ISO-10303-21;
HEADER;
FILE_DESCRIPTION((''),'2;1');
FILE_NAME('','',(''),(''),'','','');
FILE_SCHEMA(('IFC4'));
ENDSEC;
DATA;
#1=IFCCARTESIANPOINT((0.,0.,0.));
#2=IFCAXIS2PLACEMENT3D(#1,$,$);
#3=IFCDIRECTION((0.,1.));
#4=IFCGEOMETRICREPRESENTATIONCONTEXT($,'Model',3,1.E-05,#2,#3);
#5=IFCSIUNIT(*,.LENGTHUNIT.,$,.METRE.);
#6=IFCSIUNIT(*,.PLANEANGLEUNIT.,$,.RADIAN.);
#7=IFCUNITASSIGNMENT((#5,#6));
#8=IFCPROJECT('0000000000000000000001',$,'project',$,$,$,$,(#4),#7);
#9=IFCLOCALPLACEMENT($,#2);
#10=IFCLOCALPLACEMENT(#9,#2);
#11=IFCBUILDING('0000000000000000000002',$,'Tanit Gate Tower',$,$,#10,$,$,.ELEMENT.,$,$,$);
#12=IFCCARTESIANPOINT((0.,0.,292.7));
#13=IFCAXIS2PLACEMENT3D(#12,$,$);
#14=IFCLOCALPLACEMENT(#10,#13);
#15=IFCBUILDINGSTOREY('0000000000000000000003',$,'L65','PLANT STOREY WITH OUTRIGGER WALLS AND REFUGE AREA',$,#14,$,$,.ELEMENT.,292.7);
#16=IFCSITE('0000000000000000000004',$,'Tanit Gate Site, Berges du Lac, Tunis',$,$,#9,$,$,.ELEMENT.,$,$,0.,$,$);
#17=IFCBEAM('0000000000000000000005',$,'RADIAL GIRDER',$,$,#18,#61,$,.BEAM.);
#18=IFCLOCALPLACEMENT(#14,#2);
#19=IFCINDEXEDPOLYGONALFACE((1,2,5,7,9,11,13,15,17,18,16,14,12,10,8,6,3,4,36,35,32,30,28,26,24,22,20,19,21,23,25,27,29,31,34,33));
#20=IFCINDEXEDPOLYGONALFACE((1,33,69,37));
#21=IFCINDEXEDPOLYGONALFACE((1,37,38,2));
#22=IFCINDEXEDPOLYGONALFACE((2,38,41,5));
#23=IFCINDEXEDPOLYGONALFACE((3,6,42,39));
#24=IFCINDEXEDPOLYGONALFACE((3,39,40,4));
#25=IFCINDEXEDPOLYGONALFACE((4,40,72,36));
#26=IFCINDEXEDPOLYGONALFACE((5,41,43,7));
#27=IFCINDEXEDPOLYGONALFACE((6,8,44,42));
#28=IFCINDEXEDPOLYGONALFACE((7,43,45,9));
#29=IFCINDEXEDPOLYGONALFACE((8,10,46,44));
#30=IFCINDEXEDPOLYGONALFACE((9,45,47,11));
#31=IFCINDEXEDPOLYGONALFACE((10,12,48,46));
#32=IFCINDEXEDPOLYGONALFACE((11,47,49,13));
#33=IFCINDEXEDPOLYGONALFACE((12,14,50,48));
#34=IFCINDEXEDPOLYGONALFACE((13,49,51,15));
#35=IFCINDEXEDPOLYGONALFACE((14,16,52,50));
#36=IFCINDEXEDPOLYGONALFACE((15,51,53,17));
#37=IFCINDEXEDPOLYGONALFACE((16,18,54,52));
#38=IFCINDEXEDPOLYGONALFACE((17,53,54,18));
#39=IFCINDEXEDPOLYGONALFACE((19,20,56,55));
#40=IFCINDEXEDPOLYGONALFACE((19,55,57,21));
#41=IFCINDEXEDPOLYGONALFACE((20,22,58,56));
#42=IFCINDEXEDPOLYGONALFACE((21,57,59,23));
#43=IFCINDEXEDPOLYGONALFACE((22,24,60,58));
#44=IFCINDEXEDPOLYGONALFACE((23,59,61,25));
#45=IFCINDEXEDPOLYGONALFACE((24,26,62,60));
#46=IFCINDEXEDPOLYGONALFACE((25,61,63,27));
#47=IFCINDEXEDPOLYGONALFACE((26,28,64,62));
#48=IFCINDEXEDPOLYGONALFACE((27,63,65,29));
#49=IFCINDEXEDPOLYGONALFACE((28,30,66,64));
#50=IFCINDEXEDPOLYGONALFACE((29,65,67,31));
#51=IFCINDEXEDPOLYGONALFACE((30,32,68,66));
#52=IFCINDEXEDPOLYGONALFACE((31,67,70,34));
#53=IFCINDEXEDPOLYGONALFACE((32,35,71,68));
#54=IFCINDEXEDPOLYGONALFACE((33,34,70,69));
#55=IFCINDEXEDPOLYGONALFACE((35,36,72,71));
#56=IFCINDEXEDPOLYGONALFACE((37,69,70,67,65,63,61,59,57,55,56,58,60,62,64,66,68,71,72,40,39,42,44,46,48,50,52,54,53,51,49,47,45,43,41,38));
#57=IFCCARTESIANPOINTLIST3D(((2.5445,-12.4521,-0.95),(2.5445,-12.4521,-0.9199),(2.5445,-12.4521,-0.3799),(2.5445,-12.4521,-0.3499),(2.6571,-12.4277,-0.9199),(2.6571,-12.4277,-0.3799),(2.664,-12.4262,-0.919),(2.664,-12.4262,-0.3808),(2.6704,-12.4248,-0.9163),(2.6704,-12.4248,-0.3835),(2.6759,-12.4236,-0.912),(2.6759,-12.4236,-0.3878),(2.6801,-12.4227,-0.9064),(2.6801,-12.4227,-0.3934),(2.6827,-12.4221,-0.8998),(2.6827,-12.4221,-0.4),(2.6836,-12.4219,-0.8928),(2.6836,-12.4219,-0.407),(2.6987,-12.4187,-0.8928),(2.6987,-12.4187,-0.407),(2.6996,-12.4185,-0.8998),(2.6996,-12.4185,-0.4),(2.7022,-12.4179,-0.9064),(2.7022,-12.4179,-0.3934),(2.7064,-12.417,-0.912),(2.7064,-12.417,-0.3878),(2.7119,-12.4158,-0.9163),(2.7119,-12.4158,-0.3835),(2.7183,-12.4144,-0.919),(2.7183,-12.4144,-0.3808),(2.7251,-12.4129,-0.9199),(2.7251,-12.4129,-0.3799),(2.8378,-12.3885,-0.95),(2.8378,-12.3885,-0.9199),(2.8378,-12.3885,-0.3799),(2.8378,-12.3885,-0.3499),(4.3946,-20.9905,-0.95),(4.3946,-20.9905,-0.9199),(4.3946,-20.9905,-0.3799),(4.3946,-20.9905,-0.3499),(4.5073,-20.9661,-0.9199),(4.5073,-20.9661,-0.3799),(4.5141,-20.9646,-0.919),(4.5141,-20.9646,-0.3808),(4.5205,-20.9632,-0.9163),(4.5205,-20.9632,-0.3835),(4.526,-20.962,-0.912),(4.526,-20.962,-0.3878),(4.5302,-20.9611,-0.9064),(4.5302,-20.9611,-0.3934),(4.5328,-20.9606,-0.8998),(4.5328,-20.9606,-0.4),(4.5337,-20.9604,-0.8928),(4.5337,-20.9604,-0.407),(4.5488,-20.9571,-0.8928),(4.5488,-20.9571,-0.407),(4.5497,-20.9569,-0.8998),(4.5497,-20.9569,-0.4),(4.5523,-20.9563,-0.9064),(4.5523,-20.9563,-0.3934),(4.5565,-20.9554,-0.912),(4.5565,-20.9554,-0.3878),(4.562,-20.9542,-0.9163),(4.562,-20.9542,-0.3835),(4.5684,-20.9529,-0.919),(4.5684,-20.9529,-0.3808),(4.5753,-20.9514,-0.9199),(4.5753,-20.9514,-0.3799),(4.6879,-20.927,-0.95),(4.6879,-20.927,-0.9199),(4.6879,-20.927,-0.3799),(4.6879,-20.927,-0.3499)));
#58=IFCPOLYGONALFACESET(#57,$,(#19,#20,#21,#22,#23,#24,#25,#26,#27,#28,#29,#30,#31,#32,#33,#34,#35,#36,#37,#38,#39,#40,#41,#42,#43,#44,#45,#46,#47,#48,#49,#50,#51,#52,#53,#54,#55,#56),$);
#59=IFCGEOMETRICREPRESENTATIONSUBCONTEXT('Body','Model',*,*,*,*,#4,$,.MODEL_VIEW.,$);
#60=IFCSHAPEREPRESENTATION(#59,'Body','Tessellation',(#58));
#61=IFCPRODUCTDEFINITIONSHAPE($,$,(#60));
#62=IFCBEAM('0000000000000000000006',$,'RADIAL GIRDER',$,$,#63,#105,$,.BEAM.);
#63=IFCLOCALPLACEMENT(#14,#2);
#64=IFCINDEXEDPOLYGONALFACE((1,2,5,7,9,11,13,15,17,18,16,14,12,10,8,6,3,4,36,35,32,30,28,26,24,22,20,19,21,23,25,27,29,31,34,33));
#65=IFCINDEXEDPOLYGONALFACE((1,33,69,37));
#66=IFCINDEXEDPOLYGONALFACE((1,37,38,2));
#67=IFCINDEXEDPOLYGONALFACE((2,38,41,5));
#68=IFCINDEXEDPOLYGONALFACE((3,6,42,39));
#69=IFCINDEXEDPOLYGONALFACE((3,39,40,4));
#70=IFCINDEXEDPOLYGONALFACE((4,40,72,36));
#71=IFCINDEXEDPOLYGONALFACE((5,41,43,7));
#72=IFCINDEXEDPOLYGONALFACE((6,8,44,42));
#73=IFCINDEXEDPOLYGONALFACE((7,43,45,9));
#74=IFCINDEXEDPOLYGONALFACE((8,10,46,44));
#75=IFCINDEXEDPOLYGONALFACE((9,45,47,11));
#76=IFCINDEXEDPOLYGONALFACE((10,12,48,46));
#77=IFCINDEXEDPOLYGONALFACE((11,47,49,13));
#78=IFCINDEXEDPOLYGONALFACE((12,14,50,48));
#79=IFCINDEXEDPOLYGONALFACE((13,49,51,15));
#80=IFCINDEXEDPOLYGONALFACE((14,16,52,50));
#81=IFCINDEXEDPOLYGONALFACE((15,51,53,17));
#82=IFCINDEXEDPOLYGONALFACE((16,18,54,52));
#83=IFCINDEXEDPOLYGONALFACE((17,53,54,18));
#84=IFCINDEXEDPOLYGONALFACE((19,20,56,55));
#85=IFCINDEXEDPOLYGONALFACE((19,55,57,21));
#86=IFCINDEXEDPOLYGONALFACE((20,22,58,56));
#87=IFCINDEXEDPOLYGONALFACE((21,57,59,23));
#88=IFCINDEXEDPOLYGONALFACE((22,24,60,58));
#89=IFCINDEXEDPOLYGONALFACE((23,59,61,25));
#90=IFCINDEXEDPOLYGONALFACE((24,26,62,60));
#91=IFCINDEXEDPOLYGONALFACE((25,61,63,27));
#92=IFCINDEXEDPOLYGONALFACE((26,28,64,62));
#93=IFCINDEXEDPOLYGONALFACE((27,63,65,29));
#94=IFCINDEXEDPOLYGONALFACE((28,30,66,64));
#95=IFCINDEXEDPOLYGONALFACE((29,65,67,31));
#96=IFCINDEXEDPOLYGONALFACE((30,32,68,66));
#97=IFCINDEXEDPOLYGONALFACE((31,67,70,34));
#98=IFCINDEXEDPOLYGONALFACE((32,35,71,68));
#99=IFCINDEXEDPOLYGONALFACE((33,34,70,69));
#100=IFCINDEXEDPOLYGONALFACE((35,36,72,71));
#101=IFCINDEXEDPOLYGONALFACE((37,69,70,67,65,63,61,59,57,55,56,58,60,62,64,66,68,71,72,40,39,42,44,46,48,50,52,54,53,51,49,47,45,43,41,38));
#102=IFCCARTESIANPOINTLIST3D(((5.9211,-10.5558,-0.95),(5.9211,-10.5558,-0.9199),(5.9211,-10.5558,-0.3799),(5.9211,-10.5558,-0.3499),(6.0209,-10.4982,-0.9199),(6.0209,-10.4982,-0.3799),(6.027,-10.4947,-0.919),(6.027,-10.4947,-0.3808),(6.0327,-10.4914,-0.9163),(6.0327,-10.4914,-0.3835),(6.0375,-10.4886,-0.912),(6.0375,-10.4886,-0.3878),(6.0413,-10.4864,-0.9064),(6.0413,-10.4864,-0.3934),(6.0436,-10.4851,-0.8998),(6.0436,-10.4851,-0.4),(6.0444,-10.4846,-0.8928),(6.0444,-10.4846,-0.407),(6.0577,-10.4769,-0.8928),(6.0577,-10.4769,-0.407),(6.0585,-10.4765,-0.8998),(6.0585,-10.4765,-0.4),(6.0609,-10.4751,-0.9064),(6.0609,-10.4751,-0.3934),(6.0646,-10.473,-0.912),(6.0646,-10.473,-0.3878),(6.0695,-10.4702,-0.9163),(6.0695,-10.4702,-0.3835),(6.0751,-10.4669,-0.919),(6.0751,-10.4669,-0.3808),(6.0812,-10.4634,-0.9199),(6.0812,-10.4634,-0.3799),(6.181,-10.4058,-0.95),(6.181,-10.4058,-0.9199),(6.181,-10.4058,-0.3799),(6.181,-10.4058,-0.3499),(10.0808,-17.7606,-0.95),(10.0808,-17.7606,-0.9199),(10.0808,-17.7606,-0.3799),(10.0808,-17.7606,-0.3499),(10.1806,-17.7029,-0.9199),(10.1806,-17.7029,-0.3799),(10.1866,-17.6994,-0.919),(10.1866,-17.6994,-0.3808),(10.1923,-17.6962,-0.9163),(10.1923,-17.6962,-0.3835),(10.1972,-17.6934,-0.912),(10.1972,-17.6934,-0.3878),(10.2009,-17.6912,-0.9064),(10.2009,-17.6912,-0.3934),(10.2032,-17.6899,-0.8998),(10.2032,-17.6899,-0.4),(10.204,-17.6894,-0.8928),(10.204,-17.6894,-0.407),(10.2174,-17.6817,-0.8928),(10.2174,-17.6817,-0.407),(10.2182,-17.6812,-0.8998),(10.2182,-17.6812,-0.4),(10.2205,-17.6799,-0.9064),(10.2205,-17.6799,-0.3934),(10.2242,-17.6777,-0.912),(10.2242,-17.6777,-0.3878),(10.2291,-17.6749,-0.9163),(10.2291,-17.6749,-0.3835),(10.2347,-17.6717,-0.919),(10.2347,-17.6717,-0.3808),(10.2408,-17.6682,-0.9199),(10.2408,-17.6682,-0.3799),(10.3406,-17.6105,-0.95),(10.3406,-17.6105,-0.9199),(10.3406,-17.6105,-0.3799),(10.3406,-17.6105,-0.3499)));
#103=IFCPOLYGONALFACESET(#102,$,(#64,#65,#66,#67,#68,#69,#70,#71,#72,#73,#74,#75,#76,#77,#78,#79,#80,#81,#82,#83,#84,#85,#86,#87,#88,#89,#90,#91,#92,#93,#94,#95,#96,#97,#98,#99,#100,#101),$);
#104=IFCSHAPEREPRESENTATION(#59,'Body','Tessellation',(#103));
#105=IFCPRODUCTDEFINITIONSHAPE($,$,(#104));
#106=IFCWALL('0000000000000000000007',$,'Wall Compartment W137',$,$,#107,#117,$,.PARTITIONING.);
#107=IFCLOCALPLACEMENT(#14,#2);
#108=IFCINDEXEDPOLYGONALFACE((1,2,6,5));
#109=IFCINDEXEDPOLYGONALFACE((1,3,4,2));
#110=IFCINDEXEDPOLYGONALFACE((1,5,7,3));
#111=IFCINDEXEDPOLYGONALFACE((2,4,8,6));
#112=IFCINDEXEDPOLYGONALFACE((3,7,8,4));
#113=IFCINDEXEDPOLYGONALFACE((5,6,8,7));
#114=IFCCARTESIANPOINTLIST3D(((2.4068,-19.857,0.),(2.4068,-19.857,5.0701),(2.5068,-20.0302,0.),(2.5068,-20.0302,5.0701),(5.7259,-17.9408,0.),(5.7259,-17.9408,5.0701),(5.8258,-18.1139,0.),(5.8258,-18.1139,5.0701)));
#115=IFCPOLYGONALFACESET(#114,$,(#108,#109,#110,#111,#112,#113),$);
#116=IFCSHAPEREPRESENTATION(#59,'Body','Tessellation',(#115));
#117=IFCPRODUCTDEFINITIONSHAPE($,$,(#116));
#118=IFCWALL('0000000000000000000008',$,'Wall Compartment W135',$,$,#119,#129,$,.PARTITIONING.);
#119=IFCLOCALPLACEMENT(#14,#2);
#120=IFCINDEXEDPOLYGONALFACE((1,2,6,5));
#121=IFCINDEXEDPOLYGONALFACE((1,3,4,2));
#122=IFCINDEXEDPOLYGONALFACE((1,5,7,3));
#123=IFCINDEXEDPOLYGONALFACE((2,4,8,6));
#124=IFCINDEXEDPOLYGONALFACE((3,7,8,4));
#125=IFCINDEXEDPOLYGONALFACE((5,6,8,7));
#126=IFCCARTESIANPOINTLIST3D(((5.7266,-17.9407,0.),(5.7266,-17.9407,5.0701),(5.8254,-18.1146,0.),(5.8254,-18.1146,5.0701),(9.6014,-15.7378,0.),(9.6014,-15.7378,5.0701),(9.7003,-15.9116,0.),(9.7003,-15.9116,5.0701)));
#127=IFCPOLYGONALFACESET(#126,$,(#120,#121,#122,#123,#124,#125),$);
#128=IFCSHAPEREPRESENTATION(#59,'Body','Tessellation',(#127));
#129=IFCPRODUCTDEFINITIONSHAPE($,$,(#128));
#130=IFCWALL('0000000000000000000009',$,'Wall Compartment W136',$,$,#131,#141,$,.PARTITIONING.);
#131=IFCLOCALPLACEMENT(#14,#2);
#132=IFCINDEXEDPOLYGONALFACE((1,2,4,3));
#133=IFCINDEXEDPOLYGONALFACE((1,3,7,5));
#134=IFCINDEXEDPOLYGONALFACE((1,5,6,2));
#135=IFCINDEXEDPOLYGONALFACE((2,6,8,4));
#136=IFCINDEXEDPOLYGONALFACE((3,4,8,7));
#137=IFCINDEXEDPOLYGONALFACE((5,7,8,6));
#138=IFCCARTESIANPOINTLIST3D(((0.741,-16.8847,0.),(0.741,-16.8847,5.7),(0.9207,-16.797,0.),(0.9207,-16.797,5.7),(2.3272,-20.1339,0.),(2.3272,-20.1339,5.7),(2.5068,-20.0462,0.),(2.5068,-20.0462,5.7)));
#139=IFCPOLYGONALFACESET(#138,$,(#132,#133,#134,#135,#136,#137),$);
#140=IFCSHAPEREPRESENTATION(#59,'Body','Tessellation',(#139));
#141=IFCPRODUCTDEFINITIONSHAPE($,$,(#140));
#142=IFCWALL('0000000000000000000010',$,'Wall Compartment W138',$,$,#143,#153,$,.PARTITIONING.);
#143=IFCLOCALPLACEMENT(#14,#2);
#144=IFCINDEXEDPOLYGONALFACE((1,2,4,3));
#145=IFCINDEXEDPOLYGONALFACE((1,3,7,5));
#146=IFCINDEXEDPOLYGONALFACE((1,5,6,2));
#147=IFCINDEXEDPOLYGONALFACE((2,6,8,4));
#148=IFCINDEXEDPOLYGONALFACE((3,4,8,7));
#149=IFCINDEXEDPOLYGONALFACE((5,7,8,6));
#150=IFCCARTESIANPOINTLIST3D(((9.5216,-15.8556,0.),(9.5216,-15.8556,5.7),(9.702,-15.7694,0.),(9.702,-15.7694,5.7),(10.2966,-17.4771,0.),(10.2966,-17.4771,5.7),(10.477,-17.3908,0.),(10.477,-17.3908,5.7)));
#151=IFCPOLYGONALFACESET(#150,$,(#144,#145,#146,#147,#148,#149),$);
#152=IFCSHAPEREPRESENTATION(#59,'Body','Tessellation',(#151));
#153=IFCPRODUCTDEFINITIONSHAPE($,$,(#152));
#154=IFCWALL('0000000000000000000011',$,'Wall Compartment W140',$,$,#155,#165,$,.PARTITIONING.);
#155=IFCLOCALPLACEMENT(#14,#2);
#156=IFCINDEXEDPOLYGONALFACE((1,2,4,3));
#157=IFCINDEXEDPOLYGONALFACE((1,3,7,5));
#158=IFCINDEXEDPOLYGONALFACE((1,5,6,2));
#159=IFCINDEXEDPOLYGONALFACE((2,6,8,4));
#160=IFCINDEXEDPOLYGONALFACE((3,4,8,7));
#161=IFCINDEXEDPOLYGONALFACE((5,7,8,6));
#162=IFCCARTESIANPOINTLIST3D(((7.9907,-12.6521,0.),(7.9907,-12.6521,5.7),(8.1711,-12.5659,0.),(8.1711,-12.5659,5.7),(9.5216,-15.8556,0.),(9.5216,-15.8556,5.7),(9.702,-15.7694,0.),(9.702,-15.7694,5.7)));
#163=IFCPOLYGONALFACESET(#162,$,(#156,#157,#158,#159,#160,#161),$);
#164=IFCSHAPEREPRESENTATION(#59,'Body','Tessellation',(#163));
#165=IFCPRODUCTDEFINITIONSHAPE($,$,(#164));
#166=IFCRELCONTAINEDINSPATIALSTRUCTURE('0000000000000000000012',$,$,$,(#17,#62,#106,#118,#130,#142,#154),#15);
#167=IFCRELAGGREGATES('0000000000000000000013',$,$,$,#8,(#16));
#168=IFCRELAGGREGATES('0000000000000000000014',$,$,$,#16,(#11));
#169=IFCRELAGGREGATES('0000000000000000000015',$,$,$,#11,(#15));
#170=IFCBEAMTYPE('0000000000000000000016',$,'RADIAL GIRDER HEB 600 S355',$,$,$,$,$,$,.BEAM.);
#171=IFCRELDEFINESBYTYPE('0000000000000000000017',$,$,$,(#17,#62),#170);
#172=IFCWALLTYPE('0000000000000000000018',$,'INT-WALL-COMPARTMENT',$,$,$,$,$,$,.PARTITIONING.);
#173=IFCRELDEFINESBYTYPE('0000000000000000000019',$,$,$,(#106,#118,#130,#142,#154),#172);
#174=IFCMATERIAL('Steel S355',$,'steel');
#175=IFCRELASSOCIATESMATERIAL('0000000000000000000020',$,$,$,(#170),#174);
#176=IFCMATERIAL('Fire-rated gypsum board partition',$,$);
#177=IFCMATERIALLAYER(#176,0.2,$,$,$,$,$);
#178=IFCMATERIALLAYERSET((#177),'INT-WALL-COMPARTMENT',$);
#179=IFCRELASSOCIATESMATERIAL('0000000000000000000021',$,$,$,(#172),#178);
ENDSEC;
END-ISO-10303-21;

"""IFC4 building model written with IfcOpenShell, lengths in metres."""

from ifc_helpers import new_model, si_unit, direction, frame, frame_2d, origin, origin_2d, place, context, subcontext, project, spatial, rectangle, i_section, extrude, material, layer, layer_set, material_profile, profile_set, type_object, element, save


model = new_model("IFC4")

# Units and contexts
model_context = context("Model", 3, precision=1e-05, world=origin(), true_north=direction((0.0, 1.0)))
body_context = subcontext(model_context, "Body", "Model", "MODEL_VIEW")
ifc_project = project(units=[si_unit("LENGTHUNIT", "METRE"), si_unit("PLANEANGLEUNIT", "RADIAN")], contexts=[model_context])

# Site, building, storey
site_placement = place(None, origin())
site = spatial("IfcSite", under=ifc_project, at=site_placement, Name="Tanit Gate Site, Berges du Lac, Tunis", CompositionType="ELEMENT", RefElevation=0.0)
building_placement = place(site_placement, origin())
building = spatial("IfcBuilding", under=site, at=building_placement, Name="Tanit Gate Tower", CompositionType="ELEMENT")
storey_placement = place(building_placement, frame((0.0, 0.0, 292.7)))
storey = spatial("IfcBuildingStorey", under=building, at=storey_placement, Name="L65", Description="PLANT STOREY WITH OUTRIGGER WALLS AND REFUGE AREA", CompositionType="ELEMENT", Elevation=292.7)

# Beams
ifc_material_1 = material(Name="Steel S355", Category="steel")
ifc_material_profile_1 = material_profile(ifc_material_1, i_section(OverallWidth=0.3, OverallDepth=0.6001, WebThickness=0.0154, FlangeThickness=0.03, FilletRadius=0.0271, at=origin_2d()), Name="HEB 600")
ifc_profile_set_1 = profile_set([ifc_material_profile_1], Name="Steel S355")
beam_type_1 = type_object("IfcBeamType", Name="RADIAL GIRDER HEB 600 S355", PredefinedType="BEAM", material=ifc_profile_set_1)
beam_1_placement = place(storey_placement, frame((4.5413, -20.9587, -0.6499), z_axis=(-0.211767, 0.97732, 0.0), x_axis=(-0.97732, -0.211767, 0.0)))
element("IfcBeam", 1, at=beam_1_placement, inside=storey, type_object=beam_type_1, Name="RADIAL GIRDER", PredefinedType="BEAM", context=body_context, shape_type="SweptSolid", body=[
    extrude(i_section(OverallWidth=0.3, OverallDepth=0.6001, WebThickness=0.0154, FlangeThickness=0.03, FilletRadius=0.0271, at=origin_2d()), origin(), (0.0, 0.0, 1.0), 8.7366),
])
beam_2_placement = place(storey_placement, frame((10.2107, -17.6855, -0.6499), z_axis=(-0.499996, 0.866028, 0.0), x_axis=(-0.866028, -0.499996, 0.0)))
element("IfcBeam", 2, at=beam_2_placement, inside=storey, type_object=beam_type_1, Name="RADIAL GIRDER", PredefinedType="BEAM", context=body_context, shape_type="SweptSolid", body=[
    extrude(i_section(OverallWidth=0.3, OverallDepth=0.6001, WebThickness=0.0154, FlangeThickness=0.03, FilletRadius=0.0271, at=origin_2d()), origin(), (0.0, 0.0, 1.0), 8.3193),
])

# Walls
ifc_material_2 = material(Name="Fire-rated gypsum board partition")
ifc_layer_1 = layer(ifc_material_2, 0.2)
ifc_layer_set_1 = layer_set([ifc_layer_1], Name="INT-WALL-COMPARTMENT")
wall_type_1 = type_object("IfcWallType", Name="INT-WALL-COMPARTMENT", PredefinedType="PARTITIONING", material=ifc_layer_set_1)
wall_1_placement = place(storey_placement, frame((2.4568, -19.9436, 0.0), z_axis=(0.0, 0.0, 1.0), x_axis=(0.866028, 0.499996, 0.0)))
element("IfcWall", 3, at=wall_1_placement, inside=storey, type_object=wall_type_1, Name="Wall Compartment W137", PredefinedType="PARTITIONING", context=body_context, shape_type="SweptSolid", body=[
    extrude(rectangle(XDim=3.8325, YDim=0.2, at=frame_2d((1.9163, 0.0))), origin(), (0.0, 0.0, 1.0), 5.0701),
])
wall_2_placement = place(storey_placement, frame((5.7761, -18.0276, 0.0), z_axis=(0.0, 0.0, 1.0), x_axis=(0.86933, 0.494232, 0.0)))
element("IfcWall", 4, at=wall_2_placement, inside=storey, type_object=wall_type_1, Name="Wall Compartment W135", PredefinedType="PARTITIONING", context=body_context, shape_type="SweptSolid", body=[
    extrude(rectangle(XDim=4.4573, YDim=0.2, at=frame_2d((2.2285, 0.0))), origin(), (0.0, 0.0, 1.0), 5.0701),
])
wall_3_placement = place(storey_placement, frame((2.417, -20.0901, 0.0), z_axis=(0.0, 0.0, 1.0), x_axis=(-0.438686, 0.898641, 0.0)))
element("IfcWall", 5, at=wall_3_placement, inside=storey, type_object=wall_type_1, Name="Wall Compartment W136", PredefinedType="PARTITIONING", context=body_context, shape_type="SweptSolid", body=[
    extrude(rectangle(XDim=3.6157, YDim=0.2, at=frame_2d((1.8079, 0.0))), origin(), (0.0, 0.0, 1.0), 5.7),
])
wall_4_placement = place(storey_placement, frame((10.3867, -17.4338, 0.0), z_axis=(0.0, 0.0, 1.0), x_axis=(-0.43122, 0.902247, 0.0)))
element("IfcWall", 6, at=wall_4_placement, inside=storey, type_object=wall_type_1, Name="Wall Compartment W138", PredefinedType="PARTITIONING", context=body_context, shape_type="SweptSolid", body=[
    extrude(rectangle(XDim=1.7971, YDim=0.2, at=frame_2d((0.8984, 0.0))), origin(), (0.0, 0.0, 1.0), 5.7),
])
wall_5_placement = place(storey_placement, frame((8.0808, -12.6089, 0.0), z_axis=(0.0, 0.0, 1.0), x_axis=(0.43119, -0.902261, 0.0)))
element("IfcWall", 7, at=wall_5_placement, inside=storey, type_object=wall_type_1, Name="Wall Compartment W140", PredefinedType="PARTITIONING", context=body_context, shape_type="SweptSolid", body=[
    extrude(rectangle(XDim=3.5505, YDim=0.2, at=frame_2d((1.7754, 0.0))), origin(), (0.0, 0.0, 1.0), 5.7),
])

save(model, "model.ifc")
